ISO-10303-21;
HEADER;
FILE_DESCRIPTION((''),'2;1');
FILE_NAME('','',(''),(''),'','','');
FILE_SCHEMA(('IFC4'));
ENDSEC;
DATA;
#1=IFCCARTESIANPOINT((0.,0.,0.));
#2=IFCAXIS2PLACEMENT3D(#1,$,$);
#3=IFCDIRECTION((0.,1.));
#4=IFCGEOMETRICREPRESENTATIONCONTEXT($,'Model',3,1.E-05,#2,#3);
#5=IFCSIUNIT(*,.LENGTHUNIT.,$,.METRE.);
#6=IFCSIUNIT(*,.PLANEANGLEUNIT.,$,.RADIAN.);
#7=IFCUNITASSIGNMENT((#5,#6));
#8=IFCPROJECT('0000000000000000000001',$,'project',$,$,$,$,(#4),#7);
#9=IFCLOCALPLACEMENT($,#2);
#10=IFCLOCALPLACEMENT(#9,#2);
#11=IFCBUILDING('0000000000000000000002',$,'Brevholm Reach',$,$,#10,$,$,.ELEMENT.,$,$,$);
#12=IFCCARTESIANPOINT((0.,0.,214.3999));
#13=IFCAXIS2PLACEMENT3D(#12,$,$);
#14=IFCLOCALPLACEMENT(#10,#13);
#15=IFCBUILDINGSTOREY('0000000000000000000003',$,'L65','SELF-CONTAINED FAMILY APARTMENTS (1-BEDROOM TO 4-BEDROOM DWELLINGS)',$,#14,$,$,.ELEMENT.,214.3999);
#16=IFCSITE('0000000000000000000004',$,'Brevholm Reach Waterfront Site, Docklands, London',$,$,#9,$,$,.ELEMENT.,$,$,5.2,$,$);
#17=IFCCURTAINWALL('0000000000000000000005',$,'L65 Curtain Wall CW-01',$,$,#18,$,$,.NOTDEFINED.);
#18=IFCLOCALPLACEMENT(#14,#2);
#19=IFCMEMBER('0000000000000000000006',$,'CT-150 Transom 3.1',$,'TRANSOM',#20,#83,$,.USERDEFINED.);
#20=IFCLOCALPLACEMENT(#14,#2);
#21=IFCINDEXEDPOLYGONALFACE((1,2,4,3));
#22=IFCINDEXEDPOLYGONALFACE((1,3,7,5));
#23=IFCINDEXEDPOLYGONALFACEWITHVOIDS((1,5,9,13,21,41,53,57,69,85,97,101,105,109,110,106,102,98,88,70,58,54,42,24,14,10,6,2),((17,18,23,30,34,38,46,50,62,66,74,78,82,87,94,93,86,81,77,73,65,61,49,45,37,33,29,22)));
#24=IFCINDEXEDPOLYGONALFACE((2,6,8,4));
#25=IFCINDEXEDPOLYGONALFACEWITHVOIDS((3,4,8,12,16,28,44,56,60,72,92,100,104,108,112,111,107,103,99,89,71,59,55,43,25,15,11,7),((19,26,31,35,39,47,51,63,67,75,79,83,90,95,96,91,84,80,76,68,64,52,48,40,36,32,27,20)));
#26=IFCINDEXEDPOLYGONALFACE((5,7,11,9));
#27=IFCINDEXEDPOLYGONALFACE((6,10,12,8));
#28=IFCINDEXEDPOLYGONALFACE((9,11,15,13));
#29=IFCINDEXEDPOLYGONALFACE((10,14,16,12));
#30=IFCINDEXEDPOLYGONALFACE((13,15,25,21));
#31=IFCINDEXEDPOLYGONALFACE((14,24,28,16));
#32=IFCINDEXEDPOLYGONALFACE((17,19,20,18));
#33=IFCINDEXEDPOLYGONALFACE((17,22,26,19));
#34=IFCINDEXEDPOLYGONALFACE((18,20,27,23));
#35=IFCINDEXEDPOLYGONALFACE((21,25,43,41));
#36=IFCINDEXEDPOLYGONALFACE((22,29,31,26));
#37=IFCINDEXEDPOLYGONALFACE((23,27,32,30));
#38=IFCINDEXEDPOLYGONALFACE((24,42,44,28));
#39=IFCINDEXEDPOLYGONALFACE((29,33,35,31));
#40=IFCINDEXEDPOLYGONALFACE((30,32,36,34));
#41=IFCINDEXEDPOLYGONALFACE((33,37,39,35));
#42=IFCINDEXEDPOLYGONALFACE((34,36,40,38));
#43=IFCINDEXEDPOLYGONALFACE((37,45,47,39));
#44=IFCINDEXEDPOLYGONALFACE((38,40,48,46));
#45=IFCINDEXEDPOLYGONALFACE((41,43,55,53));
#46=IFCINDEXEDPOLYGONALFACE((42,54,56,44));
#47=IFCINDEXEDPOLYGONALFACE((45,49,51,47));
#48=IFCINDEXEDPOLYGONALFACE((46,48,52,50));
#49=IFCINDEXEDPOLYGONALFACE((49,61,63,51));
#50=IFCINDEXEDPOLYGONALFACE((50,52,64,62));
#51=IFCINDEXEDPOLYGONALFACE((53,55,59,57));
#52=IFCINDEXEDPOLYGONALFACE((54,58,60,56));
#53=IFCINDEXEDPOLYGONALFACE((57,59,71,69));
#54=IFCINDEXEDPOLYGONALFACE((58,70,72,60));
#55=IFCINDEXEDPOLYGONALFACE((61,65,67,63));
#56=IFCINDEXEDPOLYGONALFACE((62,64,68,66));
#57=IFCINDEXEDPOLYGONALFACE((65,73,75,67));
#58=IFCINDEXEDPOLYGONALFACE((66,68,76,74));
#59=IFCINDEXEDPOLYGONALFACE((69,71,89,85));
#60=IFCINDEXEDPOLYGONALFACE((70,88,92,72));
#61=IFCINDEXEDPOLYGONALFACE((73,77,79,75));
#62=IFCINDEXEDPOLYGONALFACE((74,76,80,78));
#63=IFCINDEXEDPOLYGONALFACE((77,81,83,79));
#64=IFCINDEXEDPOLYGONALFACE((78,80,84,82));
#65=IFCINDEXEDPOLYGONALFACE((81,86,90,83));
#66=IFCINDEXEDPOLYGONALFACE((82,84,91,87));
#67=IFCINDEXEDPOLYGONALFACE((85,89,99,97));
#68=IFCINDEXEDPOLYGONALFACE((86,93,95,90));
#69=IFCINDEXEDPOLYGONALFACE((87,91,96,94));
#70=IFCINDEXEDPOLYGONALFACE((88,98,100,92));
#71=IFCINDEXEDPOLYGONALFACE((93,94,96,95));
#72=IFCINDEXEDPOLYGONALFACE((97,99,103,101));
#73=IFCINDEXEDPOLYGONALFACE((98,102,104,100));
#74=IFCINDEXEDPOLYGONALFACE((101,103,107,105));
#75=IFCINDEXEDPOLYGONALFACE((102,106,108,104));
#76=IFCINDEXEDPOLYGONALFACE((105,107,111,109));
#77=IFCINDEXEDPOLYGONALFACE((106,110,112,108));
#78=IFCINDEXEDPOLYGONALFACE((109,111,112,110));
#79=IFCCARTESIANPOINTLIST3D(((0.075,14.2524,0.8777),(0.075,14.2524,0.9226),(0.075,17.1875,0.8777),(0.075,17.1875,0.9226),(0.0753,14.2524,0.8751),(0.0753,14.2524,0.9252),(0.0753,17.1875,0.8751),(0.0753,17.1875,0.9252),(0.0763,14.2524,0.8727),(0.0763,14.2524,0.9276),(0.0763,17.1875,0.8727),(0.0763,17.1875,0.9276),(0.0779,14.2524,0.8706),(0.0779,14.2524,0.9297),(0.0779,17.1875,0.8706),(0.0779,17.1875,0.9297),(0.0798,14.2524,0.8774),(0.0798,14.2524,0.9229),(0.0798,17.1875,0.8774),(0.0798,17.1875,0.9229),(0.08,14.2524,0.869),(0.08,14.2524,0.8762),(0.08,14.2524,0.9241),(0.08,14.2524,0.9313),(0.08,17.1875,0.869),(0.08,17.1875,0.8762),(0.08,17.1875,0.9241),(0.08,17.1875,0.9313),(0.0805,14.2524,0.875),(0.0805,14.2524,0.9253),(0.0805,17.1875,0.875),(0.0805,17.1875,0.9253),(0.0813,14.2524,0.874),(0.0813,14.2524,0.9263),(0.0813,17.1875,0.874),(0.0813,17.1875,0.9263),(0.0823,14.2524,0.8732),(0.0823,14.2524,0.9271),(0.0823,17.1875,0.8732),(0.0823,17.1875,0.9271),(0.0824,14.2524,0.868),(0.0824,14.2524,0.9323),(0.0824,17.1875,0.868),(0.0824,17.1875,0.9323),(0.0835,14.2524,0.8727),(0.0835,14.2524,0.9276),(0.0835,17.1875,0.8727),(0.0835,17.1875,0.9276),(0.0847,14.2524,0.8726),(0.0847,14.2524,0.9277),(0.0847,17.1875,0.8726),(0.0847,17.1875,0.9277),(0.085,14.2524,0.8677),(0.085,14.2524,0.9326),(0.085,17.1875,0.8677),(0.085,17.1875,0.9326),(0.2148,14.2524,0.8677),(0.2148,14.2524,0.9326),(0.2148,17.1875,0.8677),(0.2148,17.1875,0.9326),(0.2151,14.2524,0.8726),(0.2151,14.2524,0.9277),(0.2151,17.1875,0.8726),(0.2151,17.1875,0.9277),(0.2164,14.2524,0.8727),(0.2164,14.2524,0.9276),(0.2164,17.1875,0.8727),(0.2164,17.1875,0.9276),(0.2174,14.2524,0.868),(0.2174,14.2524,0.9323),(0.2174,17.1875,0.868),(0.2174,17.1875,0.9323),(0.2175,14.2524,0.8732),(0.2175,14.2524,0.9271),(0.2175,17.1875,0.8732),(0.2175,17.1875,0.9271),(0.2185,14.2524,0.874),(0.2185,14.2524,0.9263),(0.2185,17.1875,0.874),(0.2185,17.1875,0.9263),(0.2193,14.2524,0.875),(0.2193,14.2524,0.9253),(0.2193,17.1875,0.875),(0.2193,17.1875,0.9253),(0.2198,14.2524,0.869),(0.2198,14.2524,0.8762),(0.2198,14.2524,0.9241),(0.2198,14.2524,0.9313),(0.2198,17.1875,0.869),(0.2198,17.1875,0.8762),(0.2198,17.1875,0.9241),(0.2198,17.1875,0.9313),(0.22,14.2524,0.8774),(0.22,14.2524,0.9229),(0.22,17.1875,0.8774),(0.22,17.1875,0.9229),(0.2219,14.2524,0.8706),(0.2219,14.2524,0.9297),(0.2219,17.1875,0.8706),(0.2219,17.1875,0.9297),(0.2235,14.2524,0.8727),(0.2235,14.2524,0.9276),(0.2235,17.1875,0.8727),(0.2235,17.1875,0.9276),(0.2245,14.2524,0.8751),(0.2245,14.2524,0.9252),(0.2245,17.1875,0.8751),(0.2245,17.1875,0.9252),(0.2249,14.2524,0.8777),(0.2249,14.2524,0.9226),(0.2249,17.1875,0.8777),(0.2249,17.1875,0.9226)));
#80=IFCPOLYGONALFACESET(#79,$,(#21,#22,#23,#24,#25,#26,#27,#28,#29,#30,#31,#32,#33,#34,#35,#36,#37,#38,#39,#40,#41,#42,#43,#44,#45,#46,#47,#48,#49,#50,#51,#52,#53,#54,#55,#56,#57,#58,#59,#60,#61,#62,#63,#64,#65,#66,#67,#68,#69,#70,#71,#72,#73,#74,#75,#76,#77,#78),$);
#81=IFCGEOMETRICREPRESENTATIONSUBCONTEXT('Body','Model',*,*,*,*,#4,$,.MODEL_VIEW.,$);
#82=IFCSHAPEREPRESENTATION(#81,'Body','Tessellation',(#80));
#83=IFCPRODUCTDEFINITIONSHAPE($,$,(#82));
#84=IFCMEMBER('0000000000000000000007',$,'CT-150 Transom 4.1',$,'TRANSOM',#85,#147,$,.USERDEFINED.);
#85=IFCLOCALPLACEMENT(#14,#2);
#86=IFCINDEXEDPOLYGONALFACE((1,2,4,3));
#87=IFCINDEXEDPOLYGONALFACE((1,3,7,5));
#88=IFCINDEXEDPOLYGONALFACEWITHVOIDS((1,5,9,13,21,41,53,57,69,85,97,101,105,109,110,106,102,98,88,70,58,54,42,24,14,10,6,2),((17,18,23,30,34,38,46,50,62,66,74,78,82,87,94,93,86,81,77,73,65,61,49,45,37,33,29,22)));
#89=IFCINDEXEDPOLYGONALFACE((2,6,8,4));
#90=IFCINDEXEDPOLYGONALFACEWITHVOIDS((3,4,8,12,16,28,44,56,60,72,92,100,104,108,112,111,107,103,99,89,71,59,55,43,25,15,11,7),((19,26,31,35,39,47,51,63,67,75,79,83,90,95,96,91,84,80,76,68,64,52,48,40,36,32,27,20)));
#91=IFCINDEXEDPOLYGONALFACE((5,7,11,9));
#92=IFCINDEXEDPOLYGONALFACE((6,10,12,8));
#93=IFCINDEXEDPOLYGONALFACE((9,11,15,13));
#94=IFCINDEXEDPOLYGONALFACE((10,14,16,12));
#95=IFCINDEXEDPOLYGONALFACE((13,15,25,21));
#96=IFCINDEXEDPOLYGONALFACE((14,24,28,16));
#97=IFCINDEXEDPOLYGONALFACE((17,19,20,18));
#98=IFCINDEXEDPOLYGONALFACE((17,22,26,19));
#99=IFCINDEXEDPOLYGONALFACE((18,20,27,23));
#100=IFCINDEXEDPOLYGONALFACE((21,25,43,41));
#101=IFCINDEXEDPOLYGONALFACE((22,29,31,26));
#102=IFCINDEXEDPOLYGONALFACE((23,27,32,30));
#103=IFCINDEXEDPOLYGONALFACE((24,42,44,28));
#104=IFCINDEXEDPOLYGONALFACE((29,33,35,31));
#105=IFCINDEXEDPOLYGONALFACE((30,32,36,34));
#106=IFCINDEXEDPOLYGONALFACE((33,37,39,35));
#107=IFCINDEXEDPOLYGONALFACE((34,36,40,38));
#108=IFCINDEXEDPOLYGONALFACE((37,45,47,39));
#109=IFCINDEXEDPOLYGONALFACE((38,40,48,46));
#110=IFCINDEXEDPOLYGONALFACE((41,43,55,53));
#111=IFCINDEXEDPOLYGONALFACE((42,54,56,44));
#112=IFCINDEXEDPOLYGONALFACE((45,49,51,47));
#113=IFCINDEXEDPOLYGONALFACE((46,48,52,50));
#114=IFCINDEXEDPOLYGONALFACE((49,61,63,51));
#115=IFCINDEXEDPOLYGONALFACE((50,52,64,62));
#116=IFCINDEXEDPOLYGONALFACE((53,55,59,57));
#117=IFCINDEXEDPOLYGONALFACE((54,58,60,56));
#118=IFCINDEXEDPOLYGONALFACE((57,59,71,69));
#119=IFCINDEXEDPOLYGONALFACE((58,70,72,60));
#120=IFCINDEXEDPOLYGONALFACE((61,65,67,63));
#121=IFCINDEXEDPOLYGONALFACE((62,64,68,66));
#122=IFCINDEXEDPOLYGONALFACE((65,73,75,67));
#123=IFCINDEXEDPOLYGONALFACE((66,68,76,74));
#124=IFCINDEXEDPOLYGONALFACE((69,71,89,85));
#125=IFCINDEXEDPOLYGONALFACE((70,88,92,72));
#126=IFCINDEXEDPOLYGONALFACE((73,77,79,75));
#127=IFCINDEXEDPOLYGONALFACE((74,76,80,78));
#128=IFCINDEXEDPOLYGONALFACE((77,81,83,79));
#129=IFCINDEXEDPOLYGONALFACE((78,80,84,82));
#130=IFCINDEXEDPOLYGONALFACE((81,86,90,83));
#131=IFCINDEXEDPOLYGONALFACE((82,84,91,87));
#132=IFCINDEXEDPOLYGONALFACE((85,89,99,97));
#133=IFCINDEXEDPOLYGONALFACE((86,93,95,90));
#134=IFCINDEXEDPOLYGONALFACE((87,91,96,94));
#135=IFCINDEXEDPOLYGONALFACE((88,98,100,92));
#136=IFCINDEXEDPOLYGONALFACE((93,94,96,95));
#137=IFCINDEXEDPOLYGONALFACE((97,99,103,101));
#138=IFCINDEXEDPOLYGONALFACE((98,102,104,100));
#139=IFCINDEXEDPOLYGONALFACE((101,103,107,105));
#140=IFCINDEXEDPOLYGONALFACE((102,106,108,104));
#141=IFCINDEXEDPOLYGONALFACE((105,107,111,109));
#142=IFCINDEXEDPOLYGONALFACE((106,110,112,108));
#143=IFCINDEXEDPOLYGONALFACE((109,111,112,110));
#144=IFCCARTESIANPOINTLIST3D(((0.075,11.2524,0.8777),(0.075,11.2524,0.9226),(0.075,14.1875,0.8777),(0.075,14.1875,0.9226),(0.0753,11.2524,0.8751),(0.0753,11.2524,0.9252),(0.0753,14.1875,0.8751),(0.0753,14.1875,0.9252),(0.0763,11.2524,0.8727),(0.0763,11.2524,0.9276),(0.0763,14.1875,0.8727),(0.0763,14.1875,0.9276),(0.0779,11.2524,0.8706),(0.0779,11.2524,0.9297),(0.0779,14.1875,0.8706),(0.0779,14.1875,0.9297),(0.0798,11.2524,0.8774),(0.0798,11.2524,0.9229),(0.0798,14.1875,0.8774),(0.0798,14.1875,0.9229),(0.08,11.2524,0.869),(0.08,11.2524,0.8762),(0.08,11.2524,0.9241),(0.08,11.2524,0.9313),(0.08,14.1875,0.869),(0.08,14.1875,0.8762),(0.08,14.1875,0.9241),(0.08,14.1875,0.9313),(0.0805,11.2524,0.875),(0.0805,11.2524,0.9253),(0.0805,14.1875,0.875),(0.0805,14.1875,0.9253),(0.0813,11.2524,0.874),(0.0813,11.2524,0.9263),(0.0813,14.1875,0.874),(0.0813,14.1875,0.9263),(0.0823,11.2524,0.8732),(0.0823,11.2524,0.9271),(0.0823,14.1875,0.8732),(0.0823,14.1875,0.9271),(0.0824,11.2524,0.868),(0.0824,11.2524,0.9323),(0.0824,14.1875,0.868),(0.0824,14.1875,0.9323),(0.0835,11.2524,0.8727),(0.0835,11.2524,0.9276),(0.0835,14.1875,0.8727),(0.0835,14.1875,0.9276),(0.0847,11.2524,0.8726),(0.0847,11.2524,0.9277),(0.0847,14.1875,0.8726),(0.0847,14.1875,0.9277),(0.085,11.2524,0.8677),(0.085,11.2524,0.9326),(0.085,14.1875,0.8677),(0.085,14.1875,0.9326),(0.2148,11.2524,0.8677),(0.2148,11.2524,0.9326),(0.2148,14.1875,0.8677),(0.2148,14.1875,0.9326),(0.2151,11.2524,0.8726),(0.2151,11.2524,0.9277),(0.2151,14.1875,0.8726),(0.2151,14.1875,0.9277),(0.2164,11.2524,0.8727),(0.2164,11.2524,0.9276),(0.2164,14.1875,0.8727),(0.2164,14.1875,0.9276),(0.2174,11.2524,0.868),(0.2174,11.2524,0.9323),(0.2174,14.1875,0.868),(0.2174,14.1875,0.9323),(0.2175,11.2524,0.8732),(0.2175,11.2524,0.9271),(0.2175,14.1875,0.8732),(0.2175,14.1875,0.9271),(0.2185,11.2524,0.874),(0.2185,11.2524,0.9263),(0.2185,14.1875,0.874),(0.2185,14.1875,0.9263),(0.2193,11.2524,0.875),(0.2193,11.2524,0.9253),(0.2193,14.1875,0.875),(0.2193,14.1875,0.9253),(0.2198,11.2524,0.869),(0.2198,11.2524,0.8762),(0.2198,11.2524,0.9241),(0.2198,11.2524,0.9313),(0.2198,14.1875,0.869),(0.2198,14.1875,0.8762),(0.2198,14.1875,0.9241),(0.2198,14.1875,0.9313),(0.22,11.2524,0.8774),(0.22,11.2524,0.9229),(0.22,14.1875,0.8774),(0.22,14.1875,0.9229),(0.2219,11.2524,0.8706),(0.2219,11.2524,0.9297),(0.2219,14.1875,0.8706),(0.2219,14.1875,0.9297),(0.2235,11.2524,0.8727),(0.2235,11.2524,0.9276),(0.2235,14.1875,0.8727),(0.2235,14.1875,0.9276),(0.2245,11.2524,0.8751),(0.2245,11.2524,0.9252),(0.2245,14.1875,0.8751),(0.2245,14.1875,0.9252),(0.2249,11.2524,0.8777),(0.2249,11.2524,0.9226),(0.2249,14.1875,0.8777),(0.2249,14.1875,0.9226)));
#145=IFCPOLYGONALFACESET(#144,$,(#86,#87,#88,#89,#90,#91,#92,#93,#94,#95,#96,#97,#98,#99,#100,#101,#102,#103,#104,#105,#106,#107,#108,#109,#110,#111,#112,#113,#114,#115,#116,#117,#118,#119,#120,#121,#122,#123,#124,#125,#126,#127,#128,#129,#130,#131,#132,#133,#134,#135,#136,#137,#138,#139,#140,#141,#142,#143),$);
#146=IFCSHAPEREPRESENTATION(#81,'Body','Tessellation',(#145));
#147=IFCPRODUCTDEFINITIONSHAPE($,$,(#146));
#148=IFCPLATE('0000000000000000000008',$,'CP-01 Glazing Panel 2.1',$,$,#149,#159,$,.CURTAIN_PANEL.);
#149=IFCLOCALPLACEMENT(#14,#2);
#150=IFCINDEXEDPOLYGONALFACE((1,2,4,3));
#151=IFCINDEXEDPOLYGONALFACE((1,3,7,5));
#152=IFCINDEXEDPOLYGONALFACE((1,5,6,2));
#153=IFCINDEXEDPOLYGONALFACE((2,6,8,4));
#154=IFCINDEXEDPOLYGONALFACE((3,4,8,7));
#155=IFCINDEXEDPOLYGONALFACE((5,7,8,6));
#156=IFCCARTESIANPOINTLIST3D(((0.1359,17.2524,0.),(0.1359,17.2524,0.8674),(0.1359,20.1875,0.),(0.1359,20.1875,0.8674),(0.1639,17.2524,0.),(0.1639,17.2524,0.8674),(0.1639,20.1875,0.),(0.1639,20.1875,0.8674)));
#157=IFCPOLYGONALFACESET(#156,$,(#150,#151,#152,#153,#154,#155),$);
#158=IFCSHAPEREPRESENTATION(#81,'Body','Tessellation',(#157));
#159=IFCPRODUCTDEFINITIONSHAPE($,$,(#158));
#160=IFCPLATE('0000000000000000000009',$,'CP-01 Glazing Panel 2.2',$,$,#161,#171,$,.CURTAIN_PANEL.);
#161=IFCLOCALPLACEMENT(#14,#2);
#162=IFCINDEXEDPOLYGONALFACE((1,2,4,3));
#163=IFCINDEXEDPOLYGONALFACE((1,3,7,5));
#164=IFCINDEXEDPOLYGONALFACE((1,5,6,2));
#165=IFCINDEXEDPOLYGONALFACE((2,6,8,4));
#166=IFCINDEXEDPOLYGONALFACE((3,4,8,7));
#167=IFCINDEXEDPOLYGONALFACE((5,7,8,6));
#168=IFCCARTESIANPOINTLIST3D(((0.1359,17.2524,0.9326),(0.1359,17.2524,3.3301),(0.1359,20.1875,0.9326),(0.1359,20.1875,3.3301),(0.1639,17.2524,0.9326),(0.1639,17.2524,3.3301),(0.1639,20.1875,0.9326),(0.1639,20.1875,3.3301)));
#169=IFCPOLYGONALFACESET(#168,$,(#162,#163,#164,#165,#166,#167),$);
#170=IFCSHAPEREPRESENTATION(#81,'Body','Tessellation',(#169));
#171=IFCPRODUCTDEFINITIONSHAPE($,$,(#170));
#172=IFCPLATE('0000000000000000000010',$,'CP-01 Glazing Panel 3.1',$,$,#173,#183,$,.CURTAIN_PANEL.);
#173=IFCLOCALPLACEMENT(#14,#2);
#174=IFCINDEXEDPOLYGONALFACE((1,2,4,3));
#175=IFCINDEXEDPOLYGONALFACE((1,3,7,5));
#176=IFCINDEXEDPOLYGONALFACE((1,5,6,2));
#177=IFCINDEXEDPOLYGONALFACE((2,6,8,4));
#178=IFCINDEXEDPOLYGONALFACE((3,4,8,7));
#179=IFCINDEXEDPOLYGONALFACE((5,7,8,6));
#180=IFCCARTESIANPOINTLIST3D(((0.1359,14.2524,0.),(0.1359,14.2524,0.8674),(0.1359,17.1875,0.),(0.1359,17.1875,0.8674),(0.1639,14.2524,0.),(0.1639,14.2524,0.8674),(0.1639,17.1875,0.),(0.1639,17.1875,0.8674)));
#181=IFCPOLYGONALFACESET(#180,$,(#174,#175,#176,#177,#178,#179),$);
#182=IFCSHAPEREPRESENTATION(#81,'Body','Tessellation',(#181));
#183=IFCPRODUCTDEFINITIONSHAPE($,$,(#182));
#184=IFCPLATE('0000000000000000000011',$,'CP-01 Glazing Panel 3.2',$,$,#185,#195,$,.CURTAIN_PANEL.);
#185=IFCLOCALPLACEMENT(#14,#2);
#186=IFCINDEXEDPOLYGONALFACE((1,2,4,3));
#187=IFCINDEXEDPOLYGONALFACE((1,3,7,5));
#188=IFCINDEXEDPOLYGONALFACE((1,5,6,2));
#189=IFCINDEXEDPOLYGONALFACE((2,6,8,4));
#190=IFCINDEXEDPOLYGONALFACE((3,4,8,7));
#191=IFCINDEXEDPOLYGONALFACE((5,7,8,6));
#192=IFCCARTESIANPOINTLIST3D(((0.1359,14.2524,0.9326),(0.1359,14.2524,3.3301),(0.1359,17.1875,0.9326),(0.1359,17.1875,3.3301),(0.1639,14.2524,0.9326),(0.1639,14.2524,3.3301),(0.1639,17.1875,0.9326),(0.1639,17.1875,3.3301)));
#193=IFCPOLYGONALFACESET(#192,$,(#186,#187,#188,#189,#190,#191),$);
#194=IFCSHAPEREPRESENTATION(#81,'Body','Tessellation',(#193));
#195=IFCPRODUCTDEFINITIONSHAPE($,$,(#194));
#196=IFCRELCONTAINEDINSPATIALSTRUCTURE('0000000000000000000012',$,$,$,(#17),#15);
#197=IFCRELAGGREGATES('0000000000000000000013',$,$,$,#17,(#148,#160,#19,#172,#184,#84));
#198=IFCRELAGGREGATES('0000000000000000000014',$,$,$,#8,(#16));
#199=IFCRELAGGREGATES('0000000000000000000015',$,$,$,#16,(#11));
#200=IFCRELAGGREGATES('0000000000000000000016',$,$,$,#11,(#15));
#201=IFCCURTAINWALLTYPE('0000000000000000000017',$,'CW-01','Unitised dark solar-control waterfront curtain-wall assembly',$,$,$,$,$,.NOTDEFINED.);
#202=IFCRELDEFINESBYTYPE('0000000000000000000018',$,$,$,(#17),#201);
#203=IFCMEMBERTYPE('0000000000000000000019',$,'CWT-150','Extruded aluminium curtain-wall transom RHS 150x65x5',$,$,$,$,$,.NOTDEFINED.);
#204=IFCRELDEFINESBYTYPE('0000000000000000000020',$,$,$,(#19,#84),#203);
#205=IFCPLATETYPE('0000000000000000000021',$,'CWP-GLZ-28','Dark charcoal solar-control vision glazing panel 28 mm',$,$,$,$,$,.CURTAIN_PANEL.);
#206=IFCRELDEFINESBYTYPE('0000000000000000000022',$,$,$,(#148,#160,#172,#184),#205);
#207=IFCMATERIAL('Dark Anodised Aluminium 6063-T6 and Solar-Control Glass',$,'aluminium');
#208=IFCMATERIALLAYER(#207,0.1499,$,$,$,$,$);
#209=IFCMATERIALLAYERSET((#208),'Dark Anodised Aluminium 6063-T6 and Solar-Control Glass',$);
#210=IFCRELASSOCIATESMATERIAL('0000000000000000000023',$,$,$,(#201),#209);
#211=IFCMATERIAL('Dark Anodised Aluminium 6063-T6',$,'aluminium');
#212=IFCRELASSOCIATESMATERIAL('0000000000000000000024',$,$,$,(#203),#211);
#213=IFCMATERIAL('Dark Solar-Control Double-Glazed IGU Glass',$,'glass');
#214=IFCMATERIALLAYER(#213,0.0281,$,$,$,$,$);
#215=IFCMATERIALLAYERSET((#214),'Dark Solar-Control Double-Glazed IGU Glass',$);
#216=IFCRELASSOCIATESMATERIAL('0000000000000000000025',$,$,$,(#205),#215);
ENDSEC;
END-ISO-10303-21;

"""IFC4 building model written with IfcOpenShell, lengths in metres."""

from ifc_helpers import new_model, si_unit, direction, frame, origin, origin_2d, place, context, subcontext, project, spatial, rectangle, hollow_rectangle, extrude, material, layer, layer_set, material_profile, profile_set, type_object, element, aggregate, save


model = new_model("IFC4")

# Units and contexts
model_context = context("Model", 3, precision=1e-05, world=origin(), true_north=direction((0.0, 1.0)))
body_context = subcontext(model_context, "Body", "Model", "MODEL_VIEW")
ifc_project = project(units=[si_unit("LENGTHUNIT", "METRE"), si_unit("PLANEANGLEUNIT", "RADIAN")], contexts=[model_context])

# Site, building, storey
site_placement = place(None, origin())
site = spatial("IfcSite", under=ifc_project, at=site_placement, Name="Brevholm Reach Waterfront Site, Docklands, London", CompositionType="ELEMENT", RefElevation=5.2)
building_placement = place(site_placement, origin())
building = spatial("IfcBuilding", under=site, at=building_placement, Name="Brevholm Reach", CompositionType="ELEMENT")
storey_placement = place(building_placement, frame((0.0, 0.0, 214.3999)))
storey = spatial("IfcBuildingStorey", under=building, at=storey_placement, Name="L65", Description="SELF-CONTAINED FAMILY APARTMENTS (1-BEDROOM TO 4-BEDROOM DWELLINGS)", CompositionType="ELEMENT", Elevation=214.3999)

# Curtain wall, members, plates
ifc_material_1 = material(Name="Dark Anodised Aluminium 6063-T6 and Solar-Control Glass", Category="aluminium")
ifc_layer_1 = layer(ifc_material_1, 0.1499)
ifc_layer_set_1 = layer_set([ifc_layer_1], Name="Dark Anodised Aluminium 6063-T6 and Solar-Control Glass")
curtain_wall_type = type_object("IfcCurtainWallType", Name="CW-01", Description="Unitised dark solar-control waterfront curtain-wall assembly", PredefinedType="NOTDEFINED", material=ifc_layer_set_1)
curtain_wall_placement = place(storey_placement, origin())
curtain_wall = element("IfcCurtainWall", 1, at=curtain_wall_placement, inside=storey, type_object=curtain_wall_type, Name="L65 Curtain Wall CW-01", PredefinedType="NOTDEFINED")
ifc_material_2 = material(Name="Dark Anodised Aluminium 6063-T6", Category="aluminium")
ifc_material_profile_1 = material_profile(ifc_material_2, hollow_rectangle(XDim=0.0649, YDim=0.1499, WallThickness=0.0049, InnerFilletRadius=0.0049, OuterFilletRadius=0.01, at=origin_2d()), Name="RHS 150x65x5")
ifc_profile_set_1 = profile_set([ifc_material_profile_1], Name="Dark Anodised Aluminium 6063-T6")
member_type_1 = type_object("IfcMemberType", Name="CWT-150", Description="Extruded aluminium curtain-wall transom RHS 150x65x5", PredefinedType="NOTDEFINED", material=ifc_profile_set_1)
member_1_placement = place(storey_placement, frame((0.1499, 17.1875, 0.9001), z_axis=(0.0, -1.0, 0.0), x_axis=(0.0, 0.0, 1.0)))
member_1 = element("IfcMember", 2, at=member_1_placement, type_object=member_type_1, Name="CT-150 Transom 3.1", ObjectType="TRANSOM", PredefinedType="USERDEFINED", context=body_context, shape_type="SweptSolid", body=[
    extrude(hollow_rectangle(XDim=0.0649, YDim=0.1499, WallThickness=0.0049, InnerFilletRadius=0.0049, OuterFilletRadius=0.01, at=origin_2d()), origin(), (0.0, 0.0, 1.0), 2.9351),
])
member_2_placement = place(storey_placement, frame((0.1499, 14.1875, 0.9001), z_axis=(0.0, -1.0, 0.0), x_axis=(0.0, 0.0, 1.0)))
member_2 = element("IfcMember", 3, at=member_2_placement, type_object=member_type_1, Name="CT-150 Transom 4.1", ObjectType="TRANSOM", PredefinedType="USERDEFINED", context=body_context, shape_type="SweptSolid", body=[
    extrude(hollow_rectangle(XDim=0.0649, YDim=0.1499, WallThickness=0.0049, InnerFilletRadius=0.0049, OuterFilletRadius=0.01, at=origin_2d()), origin(), (0.0, 0.0, 1.0), 2.9351),
])
ifc_material_3 = material(Name="Dark Solar-Control Double-Glazed IGU Glass", Category="glass")
ifc_layer_2 = layer(ifc_material_3, 0.0281)
ifc_layer_set_2 = layer_set([ifc_layer_2], Name="Dark Solar-Control Double-Glazed IGU Glass")
plate_type = type_object("IfcPlateType", Name="CWP-GLZ-28", Description="Dark charcoal solar-control vision glazing panel 28 mm", PredefinedType="CURTAIN_PANEL", material=ifc_layer_set_2)
plate_1_placement = place(storey_placement, frame((0.1499, 18.72, 0.0), z_axis=(0.0, 0.0, 1.0), x_axis=(0.0, -1.0, 0.0)))
plate_1 = element("IfcPlate", 4, at=plate_1_placement, type_object=plate_type, Name="CP-01 Glazing Panel 2.1", PredefinedType="CURTAIN_PANEL", context=body_context, shape_type="SweptSolid", body=[
    extrude(rectangle(XDim=2.9351, YDim=0.0281, at=origin_2d()), origin(), (0.0, 0.0, 1.0), 0.8674),
])
plate_2_placement = place(storey_placement, frame((0.1499, 18.72, 0.9326), z_axis=(0.0, 0.0, 1.0), x_axis=(0.0, -1.0, 0.0)))
plate_2 = element("IfcPlate", 5, at=plate_2_placement, type_object=plate_type, Name="CP-01 Glazing Panel 2.2", PredefinedType="CURTAIN_PANEL", context=body_context, shape_type="SweptSolid", body=[
    extrude(rectangle(XDim=2.9351, YDim=0.0281, at=origin_2d()), origin(), (0.0, 0.0, 1.0), 2.3975),
])
plate_3_placement = place(storey_placement, frame((0.1499, 15.72, 0.0), z_axis=(0.0, 0.0, 1.0), x_axis=(0.0, -1.0, 0.0)))
plate_3 = element("IfcPlate", 6, at=plate_3_placement, type_object=plate_type, Name="CP-01 Glazing Panel 3.1", PredefinedType="CURTAIN_PANEL", context=body_context, shape_type="SweptSolid", body=[
    extrude(rectangle(XDim=2.9351, YDim=0.0281, at=origin_2d()), origin(), (0.0, 0.0, 1.0), 0.8674),
])
plate_4_placement = place(storey_placement, frame((0.1499, 15.72, 0.9326), z_axis=(0.0, 0.0, 1.0), x_axis=(0.0, -1.0, 0.0)))
plate_4 = element("IfcPlate", 7, at=plate_4_placement, type_object=plate_type, Name="CP-01 Glazing Panel 3.2", PredefinedType="CURTAIN_PANEL", context=body_context, shape_type="SweptSolid", body=[
    extrude(rectangle(XDim=2.9351, YDim=0.0281, at=origin_2d()), origin(), (0.0, 0.0, 1.0), 2.3975),
])
aggregate(curtain_wall, [plate_1, plate_2, member_1, plate_3, plate_4, member_2])

save(model, "model.ifc")
